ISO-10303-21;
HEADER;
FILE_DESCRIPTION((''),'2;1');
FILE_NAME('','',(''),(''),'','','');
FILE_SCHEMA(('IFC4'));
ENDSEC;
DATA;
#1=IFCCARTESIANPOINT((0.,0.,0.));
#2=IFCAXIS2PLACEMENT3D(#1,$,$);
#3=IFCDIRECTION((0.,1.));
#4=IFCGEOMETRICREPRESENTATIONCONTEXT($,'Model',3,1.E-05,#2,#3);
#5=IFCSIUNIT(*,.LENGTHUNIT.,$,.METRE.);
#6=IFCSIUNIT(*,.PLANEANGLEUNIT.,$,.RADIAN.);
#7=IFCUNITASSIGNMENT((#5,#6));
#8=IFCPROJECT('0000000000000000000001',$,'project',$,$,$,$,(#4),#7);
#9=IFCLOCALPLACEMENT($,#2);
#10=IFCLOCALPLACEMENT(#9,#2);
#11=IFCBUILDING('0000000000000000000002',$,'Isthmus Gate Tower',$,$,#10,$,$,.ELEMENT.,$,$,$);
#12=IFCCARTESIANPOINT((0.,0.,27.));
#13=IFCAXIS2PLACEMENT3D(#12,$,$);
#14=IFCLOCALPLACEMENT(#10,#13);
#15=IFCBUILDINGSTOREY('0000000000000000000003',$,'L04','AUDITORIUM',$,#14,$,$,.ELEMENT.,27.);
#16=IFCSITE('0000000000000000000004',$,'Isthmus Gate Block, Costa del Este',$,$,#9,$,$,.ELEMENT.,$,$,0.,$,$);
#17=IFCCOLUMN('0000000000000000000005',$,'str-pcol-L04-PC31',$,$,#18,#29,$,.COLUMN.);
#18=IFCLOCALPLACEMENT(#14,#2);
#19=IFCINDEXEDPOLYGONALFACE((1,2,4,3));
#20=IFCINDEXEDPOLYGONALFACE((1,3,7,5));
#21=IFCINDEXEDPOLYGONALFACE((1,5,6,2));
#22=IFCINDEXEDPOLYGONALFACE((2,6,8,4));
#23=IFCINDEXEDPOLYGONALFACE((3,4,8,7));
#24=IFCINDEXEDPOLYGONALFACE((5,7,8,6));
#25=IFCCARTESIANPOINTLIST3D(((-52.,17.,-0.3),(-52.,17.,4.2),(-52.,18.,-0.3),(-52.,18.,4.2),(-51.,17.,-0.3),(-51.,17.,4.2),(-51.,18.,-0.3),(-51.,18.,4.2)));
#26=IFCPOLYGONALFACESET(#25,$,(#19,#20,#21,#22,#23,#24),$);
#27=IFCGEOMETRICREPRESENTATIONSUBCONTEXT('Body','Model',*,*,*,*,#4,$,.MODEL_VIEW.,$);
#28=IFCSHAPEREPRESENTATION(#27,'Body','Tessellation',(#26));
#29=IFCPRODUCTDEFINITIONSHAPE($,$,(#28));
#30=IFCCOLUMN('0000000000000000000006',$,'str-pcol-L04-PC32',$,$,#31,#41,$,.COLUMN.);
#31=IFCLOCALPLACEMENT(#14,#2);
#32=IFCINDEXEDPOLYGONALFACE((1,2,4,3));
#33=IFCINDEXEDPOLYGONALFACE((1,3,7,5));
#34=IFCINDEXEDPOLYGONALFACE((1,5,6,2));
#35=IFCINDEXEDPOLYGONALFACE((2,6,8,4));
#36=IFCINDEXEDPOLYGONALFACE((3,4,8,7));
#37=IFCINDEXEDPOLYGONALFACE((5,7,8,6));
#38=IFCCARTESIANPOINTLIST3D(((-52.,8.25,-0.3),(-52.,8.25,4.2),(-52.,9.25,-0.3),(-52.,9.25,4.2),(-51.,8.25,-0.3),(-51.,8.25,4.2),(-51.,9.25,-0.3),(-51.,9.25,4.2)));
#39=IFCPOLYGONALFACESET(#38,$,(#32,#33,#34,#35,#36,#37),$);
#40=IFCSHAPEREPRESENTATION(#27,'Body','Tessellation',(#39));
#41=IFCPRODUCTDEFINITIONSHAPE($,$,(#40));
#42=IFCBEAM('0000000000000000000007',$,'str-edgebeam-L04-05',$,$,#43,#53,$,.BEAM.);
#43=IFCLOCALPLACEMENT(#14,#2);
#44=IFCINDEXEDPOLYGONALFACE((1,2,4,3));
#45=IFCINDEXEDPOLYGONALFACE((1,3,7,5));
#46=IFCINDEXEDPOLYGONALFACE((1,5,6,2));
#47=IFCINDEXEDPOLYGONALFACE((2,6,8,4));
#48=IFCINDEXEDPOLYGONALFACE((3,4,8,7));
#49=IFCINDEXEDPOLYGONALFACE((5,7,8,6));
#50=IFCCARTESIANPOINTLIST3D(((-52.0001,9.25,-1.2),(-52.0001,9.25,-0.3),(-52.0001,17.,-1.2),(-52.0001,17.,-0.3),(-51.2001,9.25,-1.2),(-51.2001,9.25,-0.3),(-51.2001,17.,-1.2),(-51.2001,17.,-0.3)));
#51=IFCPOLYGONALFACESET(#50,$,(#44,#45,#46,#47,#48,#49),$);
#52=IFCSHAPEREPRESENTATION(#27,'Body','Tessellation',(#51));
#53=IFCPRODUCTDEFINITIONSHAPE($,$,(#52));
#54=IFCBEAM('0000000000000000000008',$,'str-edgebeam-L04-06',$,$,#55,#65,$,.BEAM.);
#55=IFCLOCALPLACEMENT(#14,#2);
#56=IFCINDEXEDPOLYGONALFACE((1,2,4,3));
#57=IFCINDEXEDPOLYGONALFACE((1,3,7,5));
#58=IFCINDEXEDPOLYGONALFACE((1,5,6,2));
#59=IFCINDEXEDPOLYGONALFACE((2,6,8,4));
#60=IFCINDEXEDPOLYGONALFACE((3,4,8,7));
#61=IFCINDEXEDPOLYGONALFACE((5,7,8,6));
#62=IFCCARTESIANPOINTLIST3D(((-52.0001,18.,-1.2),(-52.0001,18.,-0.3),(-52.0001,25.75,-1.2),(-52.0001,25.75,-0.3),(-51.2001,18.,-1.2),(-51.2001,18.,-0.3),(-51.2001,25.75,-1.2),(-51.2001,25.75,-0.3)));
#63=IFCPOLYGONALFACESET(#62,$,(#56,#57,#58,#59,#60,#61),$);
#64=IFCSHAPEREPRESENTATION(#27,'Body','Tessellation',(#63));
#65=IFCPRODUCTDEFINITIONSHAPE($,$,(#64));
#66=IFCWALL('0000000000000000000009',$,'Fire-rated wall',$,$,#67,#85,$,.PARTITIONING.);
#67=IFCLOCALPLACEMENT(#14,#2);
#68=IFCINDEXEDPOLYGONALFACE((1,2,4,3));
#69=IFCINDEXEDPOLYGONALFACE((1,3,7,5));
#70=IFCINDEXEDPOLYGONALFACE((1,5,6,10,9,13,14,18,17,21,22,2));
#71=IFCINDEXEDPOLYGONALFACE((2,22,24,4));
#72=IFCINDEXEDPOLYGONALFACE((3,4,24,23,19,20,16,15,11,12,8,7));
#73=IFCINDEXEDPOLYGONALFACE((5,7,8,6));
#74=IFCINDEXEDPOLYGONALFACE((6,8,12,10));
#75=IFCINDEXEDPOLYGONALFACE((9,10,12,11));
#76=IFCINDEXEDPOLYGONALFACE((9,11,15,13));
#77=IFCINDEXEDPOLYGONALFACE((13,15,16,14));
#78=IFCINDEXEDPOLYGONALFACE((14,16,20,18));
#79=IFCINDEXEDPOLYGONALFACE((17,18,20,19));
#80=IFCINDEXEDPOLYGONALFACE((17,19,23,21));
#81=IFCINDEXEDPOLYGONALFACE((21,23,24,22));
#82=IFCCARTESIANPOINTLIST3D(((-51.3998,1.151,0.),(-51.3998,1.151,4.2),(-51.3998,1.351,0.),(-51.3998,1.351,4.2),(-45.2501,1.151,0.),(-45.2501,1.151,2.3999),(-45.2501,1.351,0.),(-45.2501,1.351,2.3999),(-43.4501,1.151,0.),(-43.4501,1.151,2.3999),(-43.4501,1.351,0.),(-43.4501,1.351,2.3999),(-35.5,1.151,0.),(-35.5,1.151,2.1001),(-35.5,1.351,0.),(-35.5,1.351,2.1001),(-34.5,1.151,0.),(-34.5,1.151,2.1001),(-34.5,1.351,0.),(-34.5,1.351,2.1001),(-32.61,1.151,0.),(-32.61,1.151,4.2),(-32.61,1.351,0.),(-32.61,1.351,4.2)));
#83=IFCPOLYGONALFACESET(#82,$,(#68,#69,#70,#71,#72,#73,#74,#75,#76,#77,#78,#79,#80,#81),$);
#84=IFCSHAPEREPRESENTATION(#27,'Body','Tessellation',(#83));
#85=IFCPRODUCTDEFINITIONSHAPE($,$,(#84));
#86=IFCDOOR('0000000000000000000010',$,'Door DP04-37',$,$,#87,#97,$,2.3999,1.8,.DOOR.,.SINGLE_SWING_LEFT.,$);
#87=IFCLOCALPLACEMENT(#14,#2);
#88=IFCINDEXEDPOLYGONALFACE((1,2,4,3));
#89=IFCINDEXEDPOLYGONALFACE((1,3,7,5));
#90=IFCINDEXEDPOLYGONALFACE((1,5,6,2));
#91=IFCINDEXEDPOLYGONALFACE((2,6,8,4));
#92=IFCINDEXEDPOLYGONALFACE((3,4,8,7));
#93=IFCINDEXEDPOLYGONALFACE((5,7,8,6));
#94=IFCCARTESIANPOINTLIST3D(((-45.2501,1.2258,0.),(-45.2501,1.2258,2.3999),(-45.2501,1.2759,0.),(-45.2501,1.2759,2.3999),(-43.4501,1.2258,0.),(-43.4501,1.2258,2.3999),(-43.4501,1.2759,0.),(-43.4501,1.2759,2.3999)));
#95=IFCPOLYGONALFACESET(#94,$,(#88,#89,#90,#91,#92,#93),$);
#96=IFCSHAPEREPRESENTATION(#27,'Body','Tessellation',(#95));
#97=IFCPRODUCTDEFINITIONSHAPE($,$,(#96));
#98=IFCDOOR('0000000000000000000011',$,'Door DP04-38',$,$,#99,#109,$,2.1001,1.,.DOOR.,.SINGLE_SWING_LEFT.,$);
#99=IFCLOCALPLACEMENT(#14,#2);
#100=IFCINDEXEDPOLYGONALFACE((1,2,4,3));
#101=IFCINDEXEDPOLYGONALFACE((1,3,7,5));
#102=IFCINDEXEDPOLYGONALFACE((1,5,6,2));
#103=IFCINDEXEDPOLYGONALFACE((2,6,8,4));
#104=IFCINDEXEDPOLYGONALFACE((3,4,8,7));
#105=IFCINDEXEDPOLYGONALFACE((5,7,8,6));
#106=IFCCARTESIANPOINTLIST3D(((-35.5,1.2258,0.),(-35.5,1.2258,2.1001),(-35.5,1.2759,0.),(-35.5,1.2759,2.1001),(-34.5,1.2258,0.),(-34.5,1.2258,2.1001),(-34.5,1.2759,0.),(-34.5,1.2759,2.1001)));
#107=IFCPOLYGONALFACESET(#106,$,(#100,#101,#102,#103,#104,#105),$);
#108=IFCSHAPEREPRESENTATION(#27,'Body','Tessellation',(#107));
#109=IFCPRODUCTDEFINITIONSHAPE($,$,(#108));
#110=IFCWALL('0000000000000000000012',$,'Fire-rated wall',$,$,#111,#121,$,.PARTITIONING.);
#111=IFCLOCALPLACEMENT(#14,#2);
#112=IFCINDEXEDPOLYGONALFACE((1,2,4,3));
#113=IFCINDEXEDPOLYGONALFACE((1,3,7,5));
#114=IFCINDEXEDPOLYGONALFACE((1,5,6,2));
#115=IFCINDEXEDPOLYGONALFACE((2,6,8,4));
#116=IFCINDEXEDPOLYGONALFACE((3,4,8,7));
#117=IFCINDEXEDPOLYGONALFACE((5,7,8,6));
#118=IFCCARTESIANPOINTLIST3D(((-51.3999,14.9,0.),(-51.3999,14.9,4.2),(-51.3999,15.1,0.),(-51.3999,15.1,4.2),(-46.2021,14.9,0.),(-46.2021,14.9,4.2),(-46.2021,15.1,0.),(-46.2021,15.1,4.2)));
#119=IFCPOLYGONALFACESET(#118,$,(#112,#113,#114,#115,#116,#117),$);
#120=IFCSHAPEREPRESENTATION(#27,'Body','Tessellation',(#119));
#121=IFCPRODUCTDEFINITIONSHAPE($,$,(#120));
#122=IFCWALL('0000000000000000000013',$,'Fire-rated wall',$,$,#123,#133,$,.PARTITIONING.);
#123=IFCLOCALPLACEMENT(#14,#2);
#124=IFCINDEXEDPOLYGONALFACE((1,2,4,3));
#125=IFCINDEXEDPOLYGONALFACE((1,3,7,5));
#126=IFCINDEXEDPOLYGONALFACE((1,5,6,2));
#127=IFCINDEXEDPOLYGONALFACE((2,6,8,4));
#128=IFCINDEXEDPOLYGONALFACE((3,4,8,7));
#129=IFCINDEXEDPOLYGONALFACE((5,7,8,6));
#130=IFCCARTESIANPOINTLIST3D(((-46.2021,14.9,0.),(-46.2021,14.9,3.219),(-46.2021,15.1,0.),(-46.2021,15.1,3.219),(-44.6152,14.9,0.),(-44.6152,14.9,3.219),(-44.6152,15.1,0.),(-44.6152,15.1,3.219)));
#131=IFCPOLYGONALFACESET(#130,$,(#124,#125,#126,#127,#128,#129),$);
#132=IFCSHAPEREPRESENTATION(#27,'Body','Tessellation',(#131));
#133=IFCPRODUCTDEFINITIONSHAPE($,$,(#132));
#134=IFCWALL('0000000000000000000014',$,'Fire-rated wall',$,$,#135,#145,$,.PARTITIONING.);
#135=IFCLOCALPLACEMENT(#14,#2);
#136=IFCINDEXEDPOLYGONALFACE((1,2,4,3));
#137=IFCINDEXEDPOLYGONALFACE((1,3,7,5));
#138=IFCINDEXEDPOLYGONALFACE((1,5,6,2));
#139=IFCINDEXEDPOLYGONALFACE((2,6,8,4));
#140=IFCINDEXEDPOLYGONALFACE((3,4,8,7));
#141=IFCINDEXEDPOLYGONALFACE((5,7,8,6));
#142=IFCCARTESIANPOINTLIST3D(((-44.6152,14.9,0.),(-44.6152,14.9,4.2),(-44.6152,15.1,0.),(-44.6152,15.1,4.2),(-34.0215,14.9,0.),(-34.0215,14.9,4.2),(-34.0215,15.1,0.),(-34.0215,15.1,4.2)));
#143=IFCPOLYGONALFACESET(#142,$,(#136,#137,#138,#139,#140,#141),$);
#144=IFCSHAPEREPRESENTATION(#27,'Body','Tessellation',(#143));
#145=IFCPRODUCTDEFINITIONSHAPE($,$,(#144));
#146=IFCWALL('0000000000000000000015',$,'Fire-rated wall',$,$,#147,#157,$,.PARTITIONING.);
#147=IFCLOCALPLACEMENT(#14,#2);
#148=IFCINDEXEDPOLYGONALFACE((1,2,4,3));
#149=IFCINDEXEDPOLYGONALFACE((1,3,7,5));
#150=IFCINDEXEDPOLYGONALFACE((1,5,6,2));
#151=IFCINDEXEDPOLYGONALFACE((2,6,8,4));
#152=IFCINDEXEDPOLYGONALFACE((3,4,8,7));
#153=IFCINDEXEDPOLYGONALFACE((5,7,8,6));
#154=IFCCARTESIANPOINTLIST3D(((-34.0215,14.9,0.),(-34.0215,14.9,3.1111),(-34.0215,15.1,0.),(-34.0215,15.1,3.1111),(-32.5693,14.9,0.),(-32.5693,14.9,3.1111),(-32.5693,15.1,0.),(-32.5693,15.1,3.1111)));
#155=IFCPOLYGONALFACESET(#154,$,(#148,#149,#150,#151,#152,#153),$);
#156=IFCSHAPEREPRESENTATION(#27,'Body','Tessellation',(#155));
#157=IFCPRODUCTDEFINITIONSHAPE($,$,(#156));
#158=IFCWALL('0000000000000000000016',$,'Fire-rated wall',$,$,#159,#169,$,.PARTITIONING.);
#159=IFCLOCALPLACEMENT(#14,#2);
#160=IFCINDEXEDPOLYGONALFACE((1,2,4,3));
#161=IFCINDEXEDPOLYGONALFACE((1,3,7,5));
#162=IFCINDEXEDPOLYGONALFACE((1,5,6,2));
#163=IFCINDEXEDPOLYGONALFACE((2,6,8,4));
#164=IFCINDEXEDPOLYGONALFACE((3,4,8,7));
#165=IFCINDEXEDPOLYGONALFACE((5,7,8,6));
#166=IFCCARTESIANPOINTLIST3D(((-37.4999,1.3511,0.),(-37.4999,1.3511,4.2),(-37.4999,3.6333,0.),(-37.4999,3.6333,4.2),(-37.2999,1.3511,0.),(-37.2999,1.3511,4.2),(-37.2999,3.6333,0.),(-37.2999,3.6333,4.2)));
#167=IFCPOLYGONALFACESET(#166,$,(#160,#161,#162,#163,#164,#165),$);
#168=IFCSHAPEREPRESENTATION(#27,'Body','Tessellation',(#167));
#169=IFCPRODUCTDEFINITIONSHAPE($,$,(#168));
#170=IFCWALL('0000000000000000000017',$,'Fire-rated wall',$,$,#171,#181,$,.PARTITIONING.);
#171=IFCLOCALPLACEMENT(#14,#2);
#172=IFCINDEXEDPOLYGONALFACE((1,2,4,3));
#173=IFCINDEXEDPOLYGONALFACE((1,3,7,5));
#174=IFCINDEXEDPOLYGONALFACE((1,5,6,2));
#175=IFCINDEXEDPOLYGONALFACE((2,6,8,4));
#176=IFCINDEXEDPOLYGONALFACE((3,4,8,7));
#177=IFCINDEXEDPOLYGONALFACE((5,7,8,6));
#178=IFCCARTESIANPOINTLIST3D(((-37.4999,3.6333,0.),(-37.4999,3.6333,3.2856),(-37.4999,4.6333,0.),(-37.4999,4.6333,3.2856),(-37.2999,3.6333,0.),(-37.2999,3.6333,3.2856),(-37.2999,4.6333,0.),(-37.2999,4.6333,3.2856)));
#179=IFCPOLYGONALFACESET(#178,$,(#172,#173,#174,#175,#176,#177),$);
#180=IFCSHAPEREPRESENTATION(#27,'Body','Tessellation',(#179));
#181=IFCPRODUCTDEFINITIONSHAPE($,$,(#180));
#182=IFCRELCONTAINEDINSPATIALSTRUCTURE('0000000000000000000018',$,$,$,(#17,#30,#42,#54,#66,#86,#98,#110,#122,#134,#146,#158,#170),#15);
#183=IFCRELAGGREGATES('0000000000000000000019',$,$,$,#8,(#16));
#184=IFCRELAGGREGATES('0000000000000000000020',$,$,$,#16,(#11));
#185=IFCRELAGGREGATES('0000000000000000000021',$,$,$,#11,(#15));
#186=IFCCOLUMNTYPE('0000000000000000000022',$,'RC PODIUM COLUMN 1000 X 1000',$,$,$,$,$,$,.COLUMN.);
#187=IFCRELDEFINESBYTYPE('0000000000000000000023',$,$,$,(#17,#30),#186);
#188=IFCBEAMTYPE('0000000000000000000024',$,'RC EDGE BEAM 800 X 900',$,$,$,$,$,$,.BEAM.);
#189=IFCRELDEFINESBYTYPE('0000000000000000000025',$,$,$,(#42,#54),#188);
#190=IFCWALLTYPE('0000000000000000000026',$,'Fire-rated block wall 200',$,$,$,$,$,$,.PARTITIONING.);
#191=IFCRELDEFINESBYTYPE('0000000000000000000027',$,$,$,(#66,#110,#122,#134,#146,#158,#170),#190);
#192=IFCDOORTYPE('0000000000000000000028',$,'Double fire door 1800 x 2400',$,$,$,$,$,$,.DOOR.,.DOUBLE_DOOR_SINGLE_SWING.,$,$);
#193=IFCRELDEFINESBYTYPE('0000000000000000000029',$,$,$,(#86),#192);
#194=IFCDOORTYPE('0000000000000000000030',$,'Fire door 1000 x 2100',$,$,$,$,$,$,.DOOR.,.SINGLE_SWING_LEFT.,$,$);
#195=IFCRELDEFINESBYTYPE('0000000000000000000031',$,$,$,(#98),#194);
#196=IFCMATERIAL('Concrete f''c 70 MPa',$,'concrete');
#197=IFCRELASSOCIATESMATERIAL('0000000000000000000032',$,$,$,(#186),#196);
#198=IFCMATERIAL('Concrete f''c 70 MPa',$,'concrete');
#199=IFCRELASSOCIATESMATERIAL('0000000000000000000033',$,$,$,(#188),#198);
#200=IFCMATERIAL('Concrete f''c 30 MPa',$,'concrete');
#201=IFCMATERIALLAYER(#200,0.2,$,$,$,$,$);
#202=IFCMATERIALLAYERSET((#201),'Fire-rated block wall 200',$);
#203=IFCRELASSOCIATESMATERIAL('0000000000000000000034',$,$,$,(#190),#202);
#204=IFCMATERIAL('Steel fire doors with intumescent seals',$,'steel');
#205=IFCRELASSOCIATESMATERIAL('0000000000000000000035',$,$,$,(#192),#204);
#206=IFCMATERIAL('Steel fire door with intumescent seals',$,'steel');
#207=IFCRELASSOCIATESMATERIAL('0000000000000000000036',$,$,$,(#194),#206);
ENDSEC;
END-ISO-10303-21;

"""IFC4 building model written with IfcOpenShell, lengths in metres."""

from ifc_helpers import new_model, si_unit, direction, frame, frame_2d, origin, origin_2d, place, context, subcontext, project, spatial, rectangle, extrude, material, layer, layer_set, material_profile, profile_set, type_object, element, fill, save


model = new_model("IFC4")

# Units and contexts
model_context = context("Model", 3, precision=1e-05, world=origin(), true_north=direction((0.0, 1.0)))
body_context = subcontext(model_context, "Body", "Model", "MODEL_VIEW")
ifc_project = project(units=[si_unit("LENGTHUNIT", "METRE"), si_unit("PLANEANGLEUNIT", "RADIAN")], contexts=[model_context])

# Site, building, storey
site_placement = place(None, origin())
site = spatial("IfcSite", under=ifc_project, at=site_placement, Name="Isthmus Gate Block, Costa del Este", CompositionType="ELEMENT", RefElevation=0.0)
building_placement = place(site_placement, origin())
building = spatial("IfcBuilding", under=site, at=building_placement, Name="Isthmus Gate Tower", CompositionType="ELEMENT")
storey_placement = place(building_placement, frame((0.0, 0.0, 27.0)))
storey = spatial("IfcBuildingStorey", under=building, at=storey_placement, Name="L04", Description="AUDITORIUM", CompositionType="ELEMENT", Elevation=27.0)

# Columns
ifc_material_1 = material(Name="Concrete f'c 70 MPa", Category="concrete")
ifc_material_profile_1 = material_profile(ifc_material_1, rectangle(XDim=1.0, YDim=1.0, at=origin_2d()), Name="RC 1000X1000")
ifc_profile_set_1 = profile_set([ifc_material_profile_1], Name="Concrete f'c 70 MPa")
column_type = type_object("IfcColumnType", Name="RC PODIUM COLUMN 1000 X 1000", PredefinedType="COLUMN", material=ifc_profile_set_1)
for number, where, z_axis, x_axis, name in (
    (1, (-51.5, 17.5, -0.3), (0.0, 0.0, 1.0), (0.0, -1.0, 0.0), "str-pcol-L04-PC31"),
    (2, (-51.5, 8.75, -0.3), (0.0, 0.0, 1.0), (0.0, -1.0, 0.0), "str-pcol-L04-PC32"),
):
    element("IfcColumn", number, at=place(storey_placement, frame(where, z_axis=z_axis, x_axis=x_axis)), inside=storey, type_object=column_type, Name=name, PredefinedType="COLUMN", context=body_context, shape_type="SweptSolid", body=[
        extrude(rectangle(XDim=1.0, YDim=1.0, at=origin_2d()), origin(), (0.0, 0.0, 1.0), 4.5),
    ])

# Beams
ifc_material_2 = material(Name="Concrete f'c 70 MPa", Category="concrete")
ifc_material_profile_2 = material_profile(ifc_material_2, rectangle(XDim=0.8, YDim=0.8999, at=origin_2d()), Name="RC 800X900")
ifc_profile_set_2 = profile_set([ifc_material_profile_2], Name="Concrete f'c 70 MPa")
beam_type = type_object("IfcBeamType", Name="RC EDGE BEAM 800 X 900", PredefinedType="BEAM", material=ifc_profile_set_2)
for number, where, z_axis, x_axis, name in (
    (3, (-51.6001, 9.25, -0.75), (0.0, 1.0, 0.0), (-1.0, 0.0, 0.0), "str-edgebeam-L04-05"),
    (4, (-51.6001, 18.0, -0.75), (0.0, 1.0, 0.0), (-1.0, 0.0, 0.0), "str-edgebeam-L04-06"),
):
    element("IfcBeam", number, at=place(storey_placement, frame(where, z_axis=z_axis, x_axis=x_axis)), inside=storey, type_object=beam_type, Name=name, PredefinedType="BEAM", context=body_context, shape_type="SweptSolid", body=[
        extrude(rectangle(XDim=0.8, YDim=0.8999, at=origin_2d()), origin(), (0.0, 0.0, 1.0), 7.75),
    ])

# Wall, openings, doors
ifc_material_3 = material(Name="Concrete f'c 30 MPa", Category="concrete")
ifc_layer_1 = layer(ifc_material_3, 0.2)
ifc_layer_set_1 = layer_set([ifc_layer_1], Name="Fire-rated block wall 200")
wall_type_1 = type_object("IfcWallType", Name="Fire-rated block wall 200", PredefinedType="PARTITIONING", material=ifc_layer_set_1)
wall_1_placement = place(storey_placement, frame((-51.3999, 1.251, 0.0), z_axis=(0.0, 0.0, 1.0), x_axis=(1.0, 0.0, 0.0)))
wall_1 = element("IfcWall", 5, at=wall_1_placement, inside=storey, type_object=wall_type_1, Name="Fire-rated wall", PredefinedType="PARTITIONING", context=body_context, shape_type="SweptSolid", body=[
    extrude(rectangle(XDim=18.7898, YDim=0.2, at=frame_2d((9.395, 0.0))), origin(), (0.0, 0.0, 1.0), 4.2),
])
opening_1_placement = place(wall_1_placement, frame((6.1499, 0.0, 0.0)))
opening_1 = element("IfcOpeningElement", 6, at=opening_1_placement, cuts=wall_1, PredefinedType="OPENING", context=body_context, shape_type="SweptSolid", body=[
    extrude(rectangle(XDim=1.8, YDim=2.3999, at=frame_2d((0.8999, 1.2))), frame((0.0, 0.1099, 0.0), z_axis=(0.0, -1.0, 0.0), x_axis=(1.0, 0.0, 0.0)), (0.0, 0.0, 1.0), 0.22),
])
opening_2_placement = place(wall_1_placement, frame((15.8999, 0.0, 0.0)))
opening_2 = element("IfcOpeningElement", 7, at=opening_2_placement, cuts=wall_1, PredefinedType="OPENING", context=body_context, shape_type="SweptSolid", body=[
    extrude(rectangle(XDim=1.0, YDim=2.1001, at=frame_2d((0.5, 1.05))), frame((0.0, 0.1099, 0.0), z_axis=(0.0, -1.0, 0.0), x_axis=(1.0, 0.0, 0.0)), (0.0, 0.0, 1.0), 0.22),
])
ifc_material_4 = material(Name="Steel fire doors with intumescent seals", Category="steel")
door_type_1 = type_object("IfcDoorType", Name="Double fire door 1800 x 2400", OperationType="DOUBLE_DOOR_SINGLE_SWING", PredefinedType="DOOR", material=ifc_material_4)
door_1_placement = place(opening_1_placement, origin())
door_1 = element("IfcDoor", 8, at=door_1_placement, inside=storey, type_object=door_type_1, Name="Door DP04-37", OperationType="SINGLE_SWING_LEFT", OverallHeight=2.3999, OverallWidth=1.8, PredefinedType="DOOR", context=body_context, shape_type="SweptSolid", body=[
    extrude(rectangle(XDim=1.8, YDim=2.3999, at=frame_2d((0.8999, 1.2))), frame((0.0, 0.0249, 0.0), z_axis=(0.0, -1.0, 0.0), x_axis=(1.0, 0.0, 0.0)), (0.0, 0.0, 1.0), 0.05),
])
fill(opening_1, door_1)
ifc_material_5 = material(Name="Steel fire door with intumescent seals", Category="steel")
door_type_2 = type_object("IfcDoorType", Name="Fire door 1000 x 2100", OperationType="SINGLE_SWING_LEFT", PredefinedType="DOOR", material=ifc_material_5)
door_2_placement = place(opening_2_placement, origin())
door_2 = element("IfcDoor", 9, at=door_2_placement, inside=storey, type_object=door_type_2, Name="Door DP04-38", OperationType="SINGLE_SWING_LEFT", OverallHeight=2.1001, OverallWidth=1.0, PredefinedType="DOOR", context=body_context, shape_type="SweptSolid", body=[
    extrude(rectangle(XDim=1.0, YDim=2.1001, at=frame_2d((0.5, 1.05))), frame((0.0, 0.0249, 0.0), z_axis=(0.0, -1.0, 0.0), x_axis=(1.0, 0.0, 0.0)), (0.0, 0.0, 1.0), 0.05),
])
fill(opening_2, door_2)

# Walls
wall_2_placement = place(storey_placement, frame((-51.3999, 15.0, 0.0), z_axis=(0.0, 0.0, 1.0), x_axis=(1.0, 0.0, 0.0)))
element("IfcWall", 10, at=wall_2_placement, inside=storey, type_object=wall_type_1, Name="Fire-rated wall", PredefinedType="PARTITIONING", context=body_context, shape_type="SweptSolid", body=[
    extrude(rectangle(XDim=5.1978, YDim=0.2, at=frame_2d((2.5989, 0.0))), origin(), (0.0, 0.0, 1.0), 4.2),
])
wall_3_placement = place(storey_placement, frame((-46.2021, 15.0, 0.0), z_axis=(0.0, 0.0, 1.0), x_axis=(1.0, 0.0, 0.0)))
element("IfcWall", 11, at=wall_3_placement, inside=storey, type_object=wall_type_1, Name="Fire-rated wall", PredefinedType="PARTITIONING", context=body_context, shape_type="SweptSolid", body=[
    extrude(rectangle(XDim=1.5869, YDim=0.2, at=frame_2d((0.7935, 0.0))), origin(), (0.0, 0.0, 1.0), 3.219),
])
wall_4_placement = place(storey_placement, frame((-44.6152, 15.0, 0.0), z_axis=(0.0, 0.0, 1.0), x_axis=(1.0, 0.0, 0.0)))
element("IfcWall", 12, at=wall_4_placement, inside=storey, type_object=wall_type_1, Name="Fire-rated wall", PredefinedType="PARTITIONING", context=body_context, shape_type="SweptSolid", body=[
    extrude(rectangle(XDim=10.5938, YDim=0.2, at=frame_2d((5.2969, 0.0))), origin(), (0.0, 0.0, 1.0), 4.2),
])
wall_5_placement = place(storey_placement, frame((-34.0215, 15.0, 0.0), z_axis=(0.0, 0.0, 1.0), x_axis=(1.0, 0.0, 0.0)))
element("IfcWall", 13, at=wall_5_placement, inside=storey, type_object=wall_type_1, Name="Fire-rated wall", PredefinedType="PARTITIONING", context=body_context, shape_type="SweptSolid", body=[
    extrude(rectangle(XDim=1.4521, YDim=0.2, at=frame_2d((0.7261, 0.0))), origin(), (0.0, 0.0, 1.0), 3.1111),
])
wall_6_placement = place(storey_placement, frame((-37.3999, 1.3511, 0.0), z_axis=(0.0, 0.0, 1.0), x_axis=(0.0, 1.0, 0.0)))
element("IfcWall", 14, at=wall_6_placement, inside=storey, type_object=wall_type_1, Name="Fire-rated wall", PredefinedType="PARTITIONING", context=body_context, shape_type="SweptSolid", body=[
    extrude(rectangle(XDim=2.2822, YDim=0.2, at=frame_2d((1.1411, 0.0))), origin(), (0.0, 0.0, 1.0), 4.2),
])
wall_7_placement = place(storey_placement, frame((-37.3999, 3.6333, 0.0), z_axis=(0.0, 0.0, 1.0), x_axis=(0.0, 1.0, 0.0)))
element("IfcWall", 15, at=wall_7_placement, inside=storey, type_object=wall_type_1, Name="Fire-rated wall", PredefinedType="PARTITIONING", context=body_context, shape_type="SweptSolid", body=[
    extrude(rectangle(XDim=1.0, YDim=0.2, at=frame_2d((0.5, 0.0))), origin(), (0.0, 0.0, 1.0), 3.2856),
])

save(model, "model.ifc")
